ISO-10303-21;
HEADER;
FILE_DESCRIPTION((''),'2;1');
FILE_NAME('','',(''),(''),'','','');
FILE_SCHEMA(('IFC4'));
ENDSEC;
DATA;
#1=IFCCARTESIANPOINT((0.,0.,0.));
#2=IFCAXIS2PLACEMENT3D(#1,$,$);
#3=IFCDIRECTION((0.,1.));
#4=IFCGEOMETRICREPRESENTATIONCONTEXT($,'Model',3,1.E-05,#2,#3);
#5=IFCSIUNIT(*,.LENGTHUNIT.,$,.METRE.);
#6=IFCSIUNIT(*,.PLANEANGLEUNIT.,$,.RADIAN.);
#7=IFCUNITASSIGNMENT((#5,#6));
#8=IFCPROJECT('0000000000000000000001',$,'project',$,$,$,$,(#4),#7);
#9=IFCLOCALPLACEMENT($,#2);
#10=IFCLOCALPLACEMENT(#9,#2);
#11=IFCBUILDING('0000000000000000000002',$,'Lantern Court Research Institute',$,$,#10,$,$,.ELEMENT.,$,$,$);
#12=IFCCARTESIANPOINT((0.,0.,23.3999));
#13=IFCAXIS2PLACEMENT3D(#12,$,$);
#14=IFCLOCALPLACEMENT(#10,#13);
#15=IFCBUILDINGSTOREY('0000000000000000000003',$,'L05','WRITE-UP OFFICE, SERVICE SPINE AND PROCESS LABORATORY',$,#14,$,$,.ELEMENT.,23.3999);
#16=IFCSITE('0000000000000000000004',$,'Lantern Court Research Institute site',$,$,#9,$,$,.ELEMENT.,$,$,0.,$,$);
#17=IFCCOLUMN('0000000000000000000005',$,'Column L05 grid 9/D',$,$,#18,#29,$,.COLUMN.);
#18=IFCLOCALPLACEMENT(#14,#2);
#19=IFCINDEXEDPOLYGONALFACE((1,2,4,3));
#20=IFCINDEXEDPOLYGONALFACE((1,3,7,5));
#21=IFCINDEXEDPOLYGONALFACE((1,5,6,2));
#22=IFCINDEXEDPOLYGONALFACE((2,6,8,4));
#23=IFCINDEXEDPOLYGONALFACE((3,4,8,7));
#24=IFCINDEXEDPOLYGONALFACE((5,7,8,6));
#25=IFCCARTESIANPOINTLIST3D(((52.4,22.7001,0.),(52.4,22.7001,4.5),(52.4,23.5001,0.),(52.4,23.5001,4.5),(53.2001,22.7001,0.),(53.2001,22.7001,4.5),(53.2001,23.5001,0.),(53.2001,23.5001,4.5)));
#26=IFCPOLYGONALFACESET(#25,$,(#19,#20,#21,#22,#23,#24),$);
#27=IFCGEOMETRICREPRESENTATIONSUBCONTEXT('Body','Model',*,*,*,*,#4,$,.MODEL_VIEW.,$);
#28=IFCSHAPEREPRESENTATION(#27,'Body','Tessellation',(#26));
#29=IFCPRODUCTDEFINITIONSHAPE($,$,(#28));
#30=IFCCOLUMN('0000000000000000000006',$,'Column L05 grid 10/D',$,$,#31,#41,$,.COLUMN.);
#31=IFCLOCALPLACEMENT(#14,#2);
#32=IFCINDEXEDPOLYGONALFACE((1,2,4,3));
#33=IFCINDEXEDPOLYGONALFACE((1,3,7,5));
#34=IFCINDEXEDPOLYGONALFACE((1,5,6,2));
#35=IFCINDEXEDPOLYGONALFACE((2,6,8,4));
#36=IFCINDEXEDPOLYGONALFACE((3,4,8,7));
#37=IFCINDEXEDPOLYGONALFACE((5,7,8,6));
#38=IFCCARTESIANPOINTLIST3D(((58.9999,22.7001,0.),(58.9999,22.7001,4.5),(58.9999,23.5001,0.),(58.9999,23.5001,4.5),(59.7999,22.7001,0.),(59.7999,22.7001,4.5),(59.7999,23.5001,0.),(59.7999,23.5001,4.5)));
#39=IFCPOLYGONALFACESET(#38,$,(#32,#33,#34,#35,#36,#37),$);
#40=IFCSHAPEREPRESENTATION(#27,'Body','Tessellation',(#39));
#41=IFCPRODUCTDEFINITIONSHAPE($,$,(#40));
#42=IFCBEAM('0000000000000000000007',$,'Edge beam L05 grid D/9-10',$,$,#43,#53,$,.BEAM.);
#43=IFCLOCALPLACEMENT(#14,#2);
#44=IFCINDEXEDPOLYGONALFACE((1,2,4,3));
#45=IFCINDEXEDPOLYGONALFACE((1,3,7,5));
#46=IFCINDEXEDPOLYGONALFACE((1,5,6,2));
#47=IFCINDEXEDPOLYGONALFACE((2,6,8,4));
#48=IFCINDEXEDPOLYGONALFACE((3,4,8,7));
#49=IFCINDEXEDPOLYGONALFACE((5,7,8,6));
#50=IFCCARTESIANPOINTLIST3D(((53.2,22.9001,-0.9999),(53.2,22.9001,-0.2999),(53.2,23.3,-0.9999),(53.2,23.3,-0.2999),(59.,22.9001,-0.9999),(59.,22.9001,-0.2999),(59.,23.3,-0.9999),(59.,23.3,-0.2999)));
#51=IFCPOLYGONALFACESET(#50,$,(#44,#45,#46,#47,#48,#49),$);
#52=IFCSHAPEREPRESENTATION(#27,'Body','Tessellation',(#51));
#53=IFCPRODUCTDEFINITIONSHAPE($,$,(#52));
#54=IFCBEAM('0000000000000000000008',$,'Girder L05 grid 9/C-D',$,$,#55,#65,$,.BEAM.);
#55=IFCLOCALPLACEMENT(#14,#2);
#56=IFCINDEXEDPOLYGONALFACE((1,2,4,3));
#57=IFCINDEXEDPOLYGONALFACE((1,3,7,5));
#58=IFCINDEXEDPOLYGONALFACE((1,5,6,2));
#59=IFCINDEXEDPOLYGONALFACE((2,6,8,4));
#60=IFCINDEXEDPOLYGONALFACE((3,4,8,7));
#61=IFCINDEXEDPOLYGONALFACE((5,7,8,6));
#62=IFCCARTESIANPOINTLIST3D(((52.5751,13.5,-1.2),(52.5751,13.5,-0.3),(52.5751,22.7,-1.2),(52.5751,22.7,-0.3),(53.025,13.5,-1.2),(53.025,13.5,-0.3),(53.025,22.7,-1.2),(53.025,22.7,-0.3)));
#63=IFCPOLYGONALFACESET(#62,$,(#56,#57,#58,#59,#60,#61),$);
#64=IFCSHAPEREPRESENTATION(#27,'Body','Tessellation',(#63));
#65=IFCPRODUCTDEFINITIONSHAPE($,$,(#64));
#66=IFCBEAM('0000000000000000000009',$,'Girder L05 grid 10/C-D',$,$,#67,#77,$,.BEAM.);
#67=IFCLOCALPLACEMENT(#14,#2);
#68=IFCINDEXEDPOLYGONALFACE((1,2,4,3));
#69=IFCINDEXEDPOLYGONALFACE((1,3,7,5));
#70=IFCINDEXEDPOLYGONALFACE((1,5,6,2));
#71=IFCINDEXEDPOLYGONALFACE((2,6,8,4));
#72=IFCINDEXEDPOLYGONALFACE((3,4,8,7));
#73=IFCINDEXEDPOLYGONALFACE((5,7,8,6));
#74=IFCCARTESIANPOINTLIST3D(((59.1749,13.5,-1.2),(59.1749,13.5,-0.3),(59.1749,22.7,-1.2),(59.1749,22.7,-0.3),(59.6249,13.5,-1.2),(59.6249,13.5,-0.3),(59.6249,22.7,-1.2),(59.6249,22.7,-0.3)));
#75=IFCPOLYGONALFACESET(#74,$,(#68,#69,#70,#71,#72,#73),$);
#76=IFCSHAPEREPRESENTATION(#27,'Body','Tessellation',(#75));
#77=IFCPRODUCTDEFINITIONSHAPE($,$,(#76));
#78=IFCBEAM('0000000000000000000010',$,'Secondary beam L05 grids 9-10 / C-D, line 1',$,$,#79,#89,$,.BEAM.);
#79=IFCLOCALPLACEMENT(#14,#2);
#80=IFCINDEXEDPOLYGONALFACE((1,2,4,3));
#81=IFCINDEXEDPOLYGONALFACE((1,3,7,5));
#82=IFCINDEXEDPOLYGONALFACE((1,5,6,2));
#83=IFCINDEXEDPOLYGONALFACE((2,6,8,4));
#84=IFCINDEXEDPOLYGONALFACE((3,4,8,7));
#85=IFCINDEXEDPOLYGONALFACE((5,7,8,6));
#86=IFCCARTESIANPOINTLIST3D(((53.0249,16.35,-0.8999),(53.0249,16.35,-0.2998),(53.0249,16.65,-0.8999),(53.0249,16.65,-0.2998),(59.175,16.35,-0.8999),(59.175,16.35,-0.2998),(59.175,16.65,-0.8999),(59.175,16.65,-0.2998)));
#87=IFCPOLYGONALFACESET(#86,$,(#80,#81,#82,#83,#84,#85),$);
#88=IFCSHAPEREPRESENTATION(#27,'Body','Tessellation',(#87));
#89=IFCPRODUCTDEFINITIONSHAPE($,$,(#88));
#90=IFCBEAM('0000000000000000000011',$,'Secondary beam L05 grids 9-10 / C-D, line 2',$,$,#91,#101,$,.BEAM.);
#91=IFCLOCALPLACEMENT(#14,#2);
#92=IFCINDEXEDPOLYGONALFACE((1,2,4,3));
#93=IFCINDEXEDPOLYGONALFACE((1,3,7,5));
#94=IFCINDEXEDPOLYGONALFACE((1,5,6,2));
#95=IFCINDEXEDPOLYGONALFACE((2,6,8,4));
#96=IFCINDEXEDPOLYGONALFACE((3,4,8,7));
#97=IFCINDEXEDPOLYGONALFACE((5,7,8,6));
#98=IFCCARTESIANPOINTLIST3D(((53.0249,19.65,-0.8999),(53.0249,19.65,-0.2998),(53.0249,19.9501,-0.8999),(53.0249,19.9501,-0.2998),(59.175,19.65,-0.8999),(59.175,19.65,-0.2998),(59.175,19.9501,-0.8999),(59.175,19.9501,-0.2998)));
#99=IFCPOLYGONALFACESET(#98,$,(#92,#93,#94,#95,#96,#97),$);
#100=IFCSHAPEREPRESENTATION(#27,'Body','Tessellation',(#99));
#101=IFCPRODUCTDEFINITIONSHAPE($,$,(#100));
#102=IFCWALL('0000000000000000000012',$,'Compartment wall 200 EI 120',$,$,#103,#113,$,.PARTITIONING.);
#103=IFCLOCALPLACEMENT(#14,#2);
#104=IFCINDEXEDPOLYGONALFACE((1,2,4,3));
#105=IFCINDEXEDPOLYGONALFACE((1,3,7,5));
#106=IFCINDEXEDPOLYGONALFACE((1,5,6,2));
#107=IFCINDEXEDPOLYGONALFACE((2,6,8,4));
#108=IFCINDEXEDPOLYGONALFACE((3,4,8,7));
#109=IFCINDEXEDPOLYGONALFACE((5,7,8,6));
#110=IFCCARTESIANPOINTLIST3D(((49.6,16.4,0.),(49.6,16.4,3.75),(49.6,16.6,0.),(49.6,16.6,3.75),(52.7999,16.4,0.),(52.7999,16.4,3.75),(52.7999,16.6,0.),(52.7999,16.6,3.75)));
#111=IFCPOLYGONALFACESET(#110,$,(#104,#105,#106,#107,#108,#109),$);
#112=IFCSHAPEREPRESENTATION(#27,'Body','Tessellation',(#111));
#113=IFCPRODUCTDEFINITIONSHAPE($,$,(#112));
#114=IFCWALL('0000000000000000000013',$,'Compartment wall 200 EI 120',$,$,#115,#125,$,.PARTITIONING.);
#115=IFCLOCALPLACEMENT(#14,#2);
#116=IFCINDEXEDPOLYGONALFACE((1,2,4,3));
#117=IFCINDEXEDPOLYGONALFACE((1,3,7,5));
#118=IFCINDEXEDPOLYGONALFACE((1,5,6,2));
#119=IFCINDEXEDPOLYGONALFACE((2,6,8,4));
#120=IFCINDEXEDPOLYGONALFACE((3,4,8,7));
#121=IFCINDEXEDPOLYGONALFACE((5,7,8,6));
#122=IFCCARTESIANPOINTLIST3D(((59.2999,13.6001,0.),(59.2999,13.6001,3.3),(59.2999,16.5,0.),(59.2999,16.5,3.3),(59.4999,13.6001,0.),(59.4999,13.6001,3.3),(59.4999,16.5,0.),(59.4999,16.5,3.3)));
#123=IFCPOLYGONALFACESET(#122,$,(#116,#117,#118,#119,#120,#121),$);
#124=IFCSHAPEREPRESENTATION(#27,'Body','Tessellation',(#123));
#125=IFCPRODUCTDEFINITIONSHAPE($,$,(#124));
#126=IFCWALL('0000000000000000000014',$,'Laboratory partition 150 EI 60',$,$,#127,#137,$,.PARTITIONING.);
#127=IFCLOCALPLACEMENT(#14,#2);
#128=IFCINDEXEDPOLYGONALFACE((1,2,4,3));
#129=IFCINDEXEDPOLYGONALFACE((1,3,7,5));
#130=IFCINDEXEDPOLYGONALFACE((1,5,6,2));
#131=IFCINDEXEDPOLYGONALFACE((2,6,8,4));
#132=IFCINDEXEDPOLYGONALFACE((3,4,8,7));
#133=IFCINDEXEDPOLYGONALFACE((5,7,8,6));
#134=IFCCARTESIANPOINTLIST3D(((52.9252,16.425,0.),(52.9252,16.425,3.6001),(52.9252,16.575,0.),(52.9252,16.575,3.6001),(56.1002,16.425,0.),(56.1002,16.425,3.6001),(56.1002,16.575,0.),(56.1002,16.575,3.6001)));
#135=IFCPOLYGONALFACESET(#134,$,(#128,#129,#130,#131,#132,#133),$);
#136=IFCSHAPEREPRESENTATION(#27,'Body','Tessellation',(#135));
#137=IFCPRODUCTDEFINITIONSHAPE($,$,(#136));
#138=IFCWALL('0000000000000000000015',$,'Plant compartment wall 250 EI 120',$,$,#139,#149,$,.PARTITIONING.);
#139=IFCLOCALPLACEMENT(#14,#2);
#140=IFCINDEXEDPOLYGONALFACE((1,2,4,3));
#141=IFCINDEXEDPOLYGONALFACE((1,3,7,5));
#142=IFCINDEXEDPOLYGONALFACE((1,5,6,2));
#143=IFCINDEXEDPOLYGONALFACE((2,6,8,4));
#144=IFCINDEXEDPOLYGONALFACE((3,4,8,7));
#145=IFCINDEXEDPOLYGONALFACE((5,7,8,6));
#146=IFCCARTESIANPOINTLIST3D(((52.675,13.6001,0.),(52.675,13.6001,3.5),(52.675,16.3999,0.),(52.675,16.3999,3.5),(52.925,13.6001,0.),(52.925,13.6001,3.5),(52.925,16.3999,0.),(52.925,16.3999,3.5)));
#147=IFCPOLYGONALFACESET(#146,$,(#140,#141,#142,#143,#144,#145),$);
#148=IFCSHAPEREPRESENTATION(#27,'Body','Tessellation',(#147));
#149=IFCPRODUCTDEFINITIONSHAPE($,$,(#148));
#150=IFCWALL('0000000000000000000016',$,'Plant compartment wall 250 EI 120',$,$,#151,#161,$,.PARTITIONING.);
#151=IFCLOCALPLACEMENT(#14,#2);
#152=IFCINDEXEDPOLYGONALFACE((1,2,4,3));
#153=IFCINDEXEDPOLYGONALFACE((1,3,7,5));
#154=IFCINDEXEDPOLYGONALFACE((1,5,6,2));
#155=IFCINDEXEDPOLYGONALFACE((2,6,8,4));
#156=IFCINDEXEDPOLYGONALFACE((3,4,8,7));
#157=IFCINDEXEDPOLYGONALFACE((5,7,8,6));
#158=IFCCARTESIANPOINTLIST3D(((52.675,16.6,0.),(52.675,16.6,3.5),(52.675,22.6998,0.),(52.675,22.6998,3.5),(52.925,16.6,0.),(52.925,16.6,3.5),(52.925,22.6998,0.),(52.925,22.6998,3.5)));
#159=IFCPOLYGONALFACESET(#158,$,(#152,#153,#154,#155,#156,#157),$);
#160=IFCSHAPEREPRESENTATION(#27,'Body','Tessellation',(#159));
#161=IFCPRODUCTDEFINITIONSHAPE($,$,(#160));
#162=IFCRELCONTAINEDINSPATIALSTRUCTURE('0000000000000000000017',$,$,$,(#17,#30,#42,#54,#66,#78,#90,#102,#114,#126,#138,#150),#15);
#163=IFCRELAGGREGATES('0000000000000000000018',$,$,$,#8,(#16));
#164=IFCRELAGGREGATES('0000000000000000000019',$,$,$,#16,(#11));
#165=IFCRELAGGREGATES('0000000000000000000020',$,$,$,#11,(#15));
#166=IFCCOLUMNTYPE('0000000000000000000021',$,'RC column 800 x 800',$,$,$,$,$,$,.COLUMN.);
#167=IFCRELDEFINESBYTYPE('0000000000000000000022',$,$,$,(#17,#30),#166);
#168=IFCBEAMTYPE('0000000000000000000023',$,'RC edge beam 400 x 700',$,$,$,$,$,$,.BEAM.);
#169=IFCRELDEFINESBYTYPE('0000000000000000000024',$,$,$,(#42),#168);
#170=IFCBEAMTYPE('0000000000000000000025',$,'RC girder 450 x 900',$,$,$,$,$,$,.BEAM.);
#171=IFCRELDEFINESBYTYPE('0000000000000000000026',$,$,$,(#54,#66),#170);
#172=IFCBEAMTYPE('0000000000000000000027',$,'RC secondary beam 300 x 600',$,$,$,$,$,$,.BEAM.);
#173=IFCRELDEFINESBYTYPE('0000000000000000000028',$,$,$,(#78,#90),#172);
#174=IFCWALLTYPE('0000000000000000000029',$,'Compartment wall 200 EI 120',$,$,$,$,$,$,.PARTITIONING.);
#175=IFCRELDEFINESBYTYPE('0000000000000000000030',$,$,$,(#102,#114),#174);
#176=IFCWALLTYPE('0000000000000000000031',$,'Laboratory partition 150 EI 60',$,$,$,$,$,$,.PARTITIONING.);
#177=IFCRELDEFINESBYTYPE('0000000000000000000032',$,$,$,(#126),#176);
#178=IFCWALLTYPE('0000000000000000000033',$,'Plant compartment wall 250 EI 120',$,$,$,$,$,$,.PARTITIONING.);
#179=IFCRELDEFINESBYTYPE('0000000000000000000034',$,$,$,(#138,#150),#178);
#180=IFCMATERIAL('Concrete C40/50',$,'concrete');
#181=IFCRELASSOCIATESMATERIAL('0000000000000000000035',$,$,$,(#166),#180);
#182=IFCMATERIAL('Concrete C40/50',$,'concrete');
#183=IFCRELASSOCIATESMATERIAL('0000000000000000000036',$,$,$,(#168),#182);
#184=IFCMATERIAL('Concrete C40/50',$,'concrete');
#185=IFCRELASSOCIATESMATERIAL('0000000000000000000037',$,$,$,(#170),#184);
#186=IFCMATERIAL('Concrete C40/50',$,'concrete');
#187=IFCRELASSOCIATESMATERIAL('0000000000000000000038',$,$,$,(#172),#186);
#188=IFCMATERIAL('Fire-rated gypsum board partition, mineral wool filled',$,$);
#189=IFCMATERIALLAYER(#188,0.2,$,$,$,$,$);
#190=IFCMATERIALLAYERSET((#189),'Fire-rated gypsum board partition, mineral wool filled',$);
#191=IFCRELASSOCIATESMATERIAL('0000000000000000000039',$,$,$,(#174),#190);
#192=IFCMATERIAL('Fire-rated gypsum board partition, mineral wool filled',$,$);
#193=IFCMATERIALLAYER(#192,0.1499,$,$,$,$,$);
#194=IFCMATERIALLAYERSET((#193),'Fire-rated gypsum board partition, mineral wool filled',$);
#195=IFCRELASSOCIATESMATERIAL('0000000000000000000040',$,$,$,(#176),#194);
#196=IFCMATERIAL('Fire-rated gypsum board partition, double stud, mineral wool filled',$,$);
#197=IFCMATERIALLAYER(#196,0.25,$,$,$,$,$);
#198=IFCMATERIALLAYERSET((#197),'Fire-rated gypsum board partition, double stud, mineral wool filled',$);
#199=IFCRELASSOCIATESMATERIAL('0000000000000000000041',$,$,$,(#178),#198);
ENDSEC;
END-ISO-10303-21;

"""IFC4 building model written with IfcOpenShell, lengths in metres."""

from ifc_helpers import new_model, si_unit, direction, frame, frame_2d, origin, origin_2d, place, context, subcontext, project, spatial, rectangle, extrude, material, layer, layer_set, material_profile, profile_set, type_object, element, save


model = new_model("IFC4")

# Units and contexts
model_context = context("Model", 3, precision=1e-05, world=origin(), true_north=direction((0.0, 1.0)))
body_context = subcontext(model_context, "Body", "Model", "MODEL_VIEW")
ifc_project = project(units=[si_unit("LENGTHUNIT", "METRE"), si_unit("PLANEANGLEUNIT", "RADIAN")], contexts=[model_context])

# Site, building, storey
site_placement = place(None, origin())
site = spatial("IfcSite", under=ifc_project, at=site_placement, Name="Lantern Court Research Institute site", CompositionType="ELEMENT", RefElevation=0.0)
building_placement = place(site_placement, origin())
building = spatial("IfcBuilding", under=site, at=building_placement, Name="Lantern Court Research Institute", CompositionType="ELEMENT")
storey_placement = place(building_placement, frame((0.0, 0.0, 23.3999)))
storey = spatial("IfcBuildingStorey", under=building, at=storey_placement, Name="L05", Description="WRITE-UP OFFICE, SERVICE SPINE AND PROCESS LABORATORY", CompositionType="ELEMENT", Elevation=23.3999)

# Columns
ifc_material_1 = material(Name="Concrete C40/50", Category="concrete")
ifc_material_profile_1 = material_profile(ifc_material_1, rectangle(XDim=0.8, YDim=0.8, at=origin_2d()), Name="RC column 800 x 800")
ifc_profile_set_1 = profile_set([ifc_material_profile_1], Name="Concrete C40/50")
column_type = type_object("IfcColumnType", Name="RC column 800 x 800", PredefinedType="COLUMN", material=ifc_profile_set_1)
for number, where, z_axis, x_axis, name in (
    (1, (52.8, 23.1001, 0.0), (0.0, 0.0, 1.0), (1.0, 0.0, 0.0), "Column L05 grid 9/D"),
    (2, (59.3999, 23.1001, 0.0), (0.0, 0.0, 1.0), (1.0, 0.0, 0.0), "Column L05 grid 10/D"),
):
    element("IfcColumn", number, at=place(storey_placement, frame(where, z_axis=z_axis, x_axis=x_axis)), inside=storey, type_object=column_type, Name=name, PredefinedType="COLUMN", context=body_context, shape_type="SweptSolid", body=[
        extrude(rectangle(XDim=0.8, YDim=0.8, at=origin_2d()), origin(), (0.0, 0.0, 1.0), 4.5),
    ])

# Beams
ifc_material_2 = material(Name="Concrete C40/50", Category="concrete")
ifc_material_profile_2 = material_profile(ifc_material_2, rectangle(XDim=0.3999, YDim=0.7, at=origin_2d()), Name="RC beam 400 x 700")
ifc_profile_set_2 = profile_set([ifc_material_profile_2], Name="Concrete C40/50")
beam_type_1 = type_object("IfcBeamType", Name="RC edge beam 400 x 700", PredefinedType="BEAM", material=ifc_profile_set_2)
beam_placement = place(storey_placement, frame((53.2, 23.1001, -0.6499), z_axis=(1.0, 0.0, 0.0), x_axis=(0.0, 1.0, 0.0)))
element("IfcBeam", 3, at=beam_placement, inside=storey, type_object=beam_type_1, Name="Edge beam L05 grid D/9-10", PredefinedType="BEAM", context=body_context, shape_type="SweptSolid", body=[
    extrude(rectangle(XDim=0.3999, YDim=0.7, at=origin_2d()), origin(), (0.0, 0.0, 1.0), 5.8),
])
ifc_material_3 = material(Name="Concrete C40/50", Category="concrete")
ifc_material_profile_3 = material_profile(ifc_material_3, rectangle(XDim=0.45, YDim=0.8999, at=origin_2d()), Name="RC beam 450 x 900")
ifc_profile_set_3 = profile_set([ifc_material_profile_3], Name="Concrete C40/50")
beam_type_2 = type_object("IfcBeamType", Name="RC girder 450 x 900", PredefinedType="BEAM", material=ifc_profile_set_3)
for number, where, z_axis, x_axis, name in (
    (4, (52.8, 13.5, -0.75), (0.0, 1.0, 0.0), (-1.0, 0.0, 0.0), "Girder L05 grid 9/C-D"),
    (5, (59.3999, 13.5, -0.75), (0.0, 1.0, 0.0), (-1.0, 0.0, 0.0), "Girder L05 grid 10/C-D"),
):
    element("IfcBeam", number, at=place(storey_placement, frame(where, z_axis=z_axis, x_axis=x_axis)), inside=storey, type_object=beam_type_2, Name=name, PredefinedType="BEAM", context=body_context, shape_type="SweptSolid", body=[
        extrude(rectangle(XDim=0.45, YDim=0.8999, at=origin_2d()), origin(), (0.0, 0.0, 1.0), 9.2),
    ])
ifc_material_4 = material(Name="Concrete C40/50", Category="concrete")
ifc_material_profile_4 = material_profile(ifc_material_4, rectangle(XDim=0.3, YDim=0.6001, at=origin_2d()), Name="RC beam 300 x 600")
ifc_profile_set_4 = profile_set([ifc_material_profile_4], Name="Concrete C40/50")
beam_type_3 = type_object("IfcBeamType", Name="RC secondary beam 300 x 600", PredefinedType="BEAM", material=ifc_profile_set_4)
for number, where, z_axis, x_axis, name in (
    (6, (53.0249, 16.5, -0.5999), (1.0, 0.0, 0.0), (0.0, 1.0, 0.0), "Secondary beam L05 grids 9-10 / C-D, line 1"),
    (7, (53.0249, 19.8, -0.5999), (1.0, 0.0, 0.0), (0.0, 1.0, 0.0), "Secondary beam L05 grids 9-10 / C-D, line 2"),
):
    element("IfcBeam", number, at=place(storey_placement, frame(where, z_axis=z_axis, x_axis=x_axis)), inside=storey, type_object=beam_type_3, Name=name, PredefinedType="BEAM", context=body_context, shape_type="SweptSolid", body=[
        extrude(rectangle(XDim=0.3, YDim=0.6001, at=origin_2d()), origin(), (0.0, 0.0, 1.0), 6.1501),
    ])

# Walls
ifc_material_5 = material(Name="Fire-rated gypsum board partition, mineral wool filled")
ifc_layer_1 = layer(ifc_material_5, 0.2)
ifc_layer_set_1 = layer_set([ifc_layer_1], Name="Fire-rated gypsum board partition, mineral wool filled")
wall_type_1 = type_object("IfcWallType", Name="Compartment wall 200 EI 120", PredefinedType="PARTITIONING", material=ifc_layer_set_1)
wall_1_placement = place(storey_placement, frame((52.8, 16.5, 0.0), z_axis=(0.0, 0.0, 1.0), x_axis=(-1.0, 0.0, 0.0)))
element("IfcWall", 8, at=wall_1_placement, inside=storey, type_object=wall_type_1, Name="Compartment wall 200 EI 120", PredefinedType="PARTITIONING", context=body_context, shape_type="SweptSolid", body=[
    extrude(rectangle(XDim=3.2, YDim=0.2, at=frame_2d((1.6001, 0.0))), origin(), (0.0, 0.0, 1.0), 3.75),
])
wall_2_placement = place(storey_placement, frame((59.3999, 13.6001, 0.0), z_axis=(0.0, 0.0, 1.0), x_axis=(0.0, 1.0, 0.0)))
element("IfcWall", 9, at=wall_2_placement, inside=storey, type_object=wall_type_1, Name="Compartment wall 200 EI 120", PredefinedType="PARTITIONING", context=body_context, shape_type="SweptSolid", body=[
    extrude(rectangle(XDim=2.8999, YDim=0.2, at=frame_2d((1.45, 0.0))), origin(), (0.0, 0.0, 1.0), 3.3),
])
ifc_material_6 = material(Name="Fire-rated gypsum board partition, mineral wool filled")
ifc_layer_2 = layer(ifc_material_6, 0.1499)
ifc_layer_set_2 = layer_set([ifc_layer_2], Name="Fire-rated gypsum board partition, mineral wool filled")
wall_type_2 = type_object("IfcWallType", Name="Laboratory partition 150 EI 60", PredefinedType="PARTITIONING", material=ifc_layer_set_2)
wall_3_placement = place(storey_placement, frame((56.1001, 16.5, 0.0), z_axis=(0.0, 0.0, 1.0), x_axis=(-1.0, 0.0, 0.0)))
element("IfcWall", 10, at=wall_3_placement, inside=storey, type_object=wall_type_2, Name="Laboratory partition 150 EI 60", PredefinedType="PARTITIONING", context=body_context, shape_type="SweptSolid", body=[
    extrude(rectangle(XDim=3.175, YDim=0.1499, at=frame_2d((1.5874, 0.0))), origin(), (0.0, 0.0, 1.0), 3.6001),
])
ifc_material_7 = material(Name="Fire-rated gypsum board partition, double stud, mineral wool filled")
ifc_layer_3 = layer(ifc_material_7, 0.25)
ifc_layer_set_3 = layer_set([ifc_layer_3], Name="Fire-rated gypsum board partition, double stud, mineral wool filled")
wall_type_3 = type_object("IfcWallType", Name="Plant compartment wall 250 EI 120", PredefinedType="PARTITIONING", material=ifc_layer_set_3)
wall_4_placement = place(storey_placement, frame((52.8, 13.6001, 0.0), z_axis=(0.0, 0.0, 1.0), x_axis=(0.0, 1.0, 0.0)))
element("IfcWall", 11, at=wall_4_placement, inside=storey, type_object=wall_type_3, Name="Plant compartment wall 250 EI 120", PredefinedType="PARTITIONING", context=body_context, shape_type="SweptSolid", body=[
    extrude(rectangle(XDim=2.7998, YDim=0.25, at=frame_2d((1.3999, 0.0))), origin(), (0.0, 0.0, 1.0), 3.5),
])
wall_5_placement = place(storey_placement, frame((52.8, 16.6001, 0.0), z_axis=(0.0, 0.0, 1.0), x_axis=(0.0, 1.0, 0.0)))
element("IfcWall", 12, at=wall_5_placement, inside=storey, type_object=wall_type_3, Name="Plant compartment wall 250 EI 120", PredefinedType="PARTITIONING", context=body_context, shape_type="SweptSolid", body=[
    extrude(rectangle(XDim=6.0999, YDim=0.25, at=frame_2d((3.0498, 0.0))), origin(), (0.0, 0.0, 1.0), 3.5),
])

save(model, "model.ifc")
